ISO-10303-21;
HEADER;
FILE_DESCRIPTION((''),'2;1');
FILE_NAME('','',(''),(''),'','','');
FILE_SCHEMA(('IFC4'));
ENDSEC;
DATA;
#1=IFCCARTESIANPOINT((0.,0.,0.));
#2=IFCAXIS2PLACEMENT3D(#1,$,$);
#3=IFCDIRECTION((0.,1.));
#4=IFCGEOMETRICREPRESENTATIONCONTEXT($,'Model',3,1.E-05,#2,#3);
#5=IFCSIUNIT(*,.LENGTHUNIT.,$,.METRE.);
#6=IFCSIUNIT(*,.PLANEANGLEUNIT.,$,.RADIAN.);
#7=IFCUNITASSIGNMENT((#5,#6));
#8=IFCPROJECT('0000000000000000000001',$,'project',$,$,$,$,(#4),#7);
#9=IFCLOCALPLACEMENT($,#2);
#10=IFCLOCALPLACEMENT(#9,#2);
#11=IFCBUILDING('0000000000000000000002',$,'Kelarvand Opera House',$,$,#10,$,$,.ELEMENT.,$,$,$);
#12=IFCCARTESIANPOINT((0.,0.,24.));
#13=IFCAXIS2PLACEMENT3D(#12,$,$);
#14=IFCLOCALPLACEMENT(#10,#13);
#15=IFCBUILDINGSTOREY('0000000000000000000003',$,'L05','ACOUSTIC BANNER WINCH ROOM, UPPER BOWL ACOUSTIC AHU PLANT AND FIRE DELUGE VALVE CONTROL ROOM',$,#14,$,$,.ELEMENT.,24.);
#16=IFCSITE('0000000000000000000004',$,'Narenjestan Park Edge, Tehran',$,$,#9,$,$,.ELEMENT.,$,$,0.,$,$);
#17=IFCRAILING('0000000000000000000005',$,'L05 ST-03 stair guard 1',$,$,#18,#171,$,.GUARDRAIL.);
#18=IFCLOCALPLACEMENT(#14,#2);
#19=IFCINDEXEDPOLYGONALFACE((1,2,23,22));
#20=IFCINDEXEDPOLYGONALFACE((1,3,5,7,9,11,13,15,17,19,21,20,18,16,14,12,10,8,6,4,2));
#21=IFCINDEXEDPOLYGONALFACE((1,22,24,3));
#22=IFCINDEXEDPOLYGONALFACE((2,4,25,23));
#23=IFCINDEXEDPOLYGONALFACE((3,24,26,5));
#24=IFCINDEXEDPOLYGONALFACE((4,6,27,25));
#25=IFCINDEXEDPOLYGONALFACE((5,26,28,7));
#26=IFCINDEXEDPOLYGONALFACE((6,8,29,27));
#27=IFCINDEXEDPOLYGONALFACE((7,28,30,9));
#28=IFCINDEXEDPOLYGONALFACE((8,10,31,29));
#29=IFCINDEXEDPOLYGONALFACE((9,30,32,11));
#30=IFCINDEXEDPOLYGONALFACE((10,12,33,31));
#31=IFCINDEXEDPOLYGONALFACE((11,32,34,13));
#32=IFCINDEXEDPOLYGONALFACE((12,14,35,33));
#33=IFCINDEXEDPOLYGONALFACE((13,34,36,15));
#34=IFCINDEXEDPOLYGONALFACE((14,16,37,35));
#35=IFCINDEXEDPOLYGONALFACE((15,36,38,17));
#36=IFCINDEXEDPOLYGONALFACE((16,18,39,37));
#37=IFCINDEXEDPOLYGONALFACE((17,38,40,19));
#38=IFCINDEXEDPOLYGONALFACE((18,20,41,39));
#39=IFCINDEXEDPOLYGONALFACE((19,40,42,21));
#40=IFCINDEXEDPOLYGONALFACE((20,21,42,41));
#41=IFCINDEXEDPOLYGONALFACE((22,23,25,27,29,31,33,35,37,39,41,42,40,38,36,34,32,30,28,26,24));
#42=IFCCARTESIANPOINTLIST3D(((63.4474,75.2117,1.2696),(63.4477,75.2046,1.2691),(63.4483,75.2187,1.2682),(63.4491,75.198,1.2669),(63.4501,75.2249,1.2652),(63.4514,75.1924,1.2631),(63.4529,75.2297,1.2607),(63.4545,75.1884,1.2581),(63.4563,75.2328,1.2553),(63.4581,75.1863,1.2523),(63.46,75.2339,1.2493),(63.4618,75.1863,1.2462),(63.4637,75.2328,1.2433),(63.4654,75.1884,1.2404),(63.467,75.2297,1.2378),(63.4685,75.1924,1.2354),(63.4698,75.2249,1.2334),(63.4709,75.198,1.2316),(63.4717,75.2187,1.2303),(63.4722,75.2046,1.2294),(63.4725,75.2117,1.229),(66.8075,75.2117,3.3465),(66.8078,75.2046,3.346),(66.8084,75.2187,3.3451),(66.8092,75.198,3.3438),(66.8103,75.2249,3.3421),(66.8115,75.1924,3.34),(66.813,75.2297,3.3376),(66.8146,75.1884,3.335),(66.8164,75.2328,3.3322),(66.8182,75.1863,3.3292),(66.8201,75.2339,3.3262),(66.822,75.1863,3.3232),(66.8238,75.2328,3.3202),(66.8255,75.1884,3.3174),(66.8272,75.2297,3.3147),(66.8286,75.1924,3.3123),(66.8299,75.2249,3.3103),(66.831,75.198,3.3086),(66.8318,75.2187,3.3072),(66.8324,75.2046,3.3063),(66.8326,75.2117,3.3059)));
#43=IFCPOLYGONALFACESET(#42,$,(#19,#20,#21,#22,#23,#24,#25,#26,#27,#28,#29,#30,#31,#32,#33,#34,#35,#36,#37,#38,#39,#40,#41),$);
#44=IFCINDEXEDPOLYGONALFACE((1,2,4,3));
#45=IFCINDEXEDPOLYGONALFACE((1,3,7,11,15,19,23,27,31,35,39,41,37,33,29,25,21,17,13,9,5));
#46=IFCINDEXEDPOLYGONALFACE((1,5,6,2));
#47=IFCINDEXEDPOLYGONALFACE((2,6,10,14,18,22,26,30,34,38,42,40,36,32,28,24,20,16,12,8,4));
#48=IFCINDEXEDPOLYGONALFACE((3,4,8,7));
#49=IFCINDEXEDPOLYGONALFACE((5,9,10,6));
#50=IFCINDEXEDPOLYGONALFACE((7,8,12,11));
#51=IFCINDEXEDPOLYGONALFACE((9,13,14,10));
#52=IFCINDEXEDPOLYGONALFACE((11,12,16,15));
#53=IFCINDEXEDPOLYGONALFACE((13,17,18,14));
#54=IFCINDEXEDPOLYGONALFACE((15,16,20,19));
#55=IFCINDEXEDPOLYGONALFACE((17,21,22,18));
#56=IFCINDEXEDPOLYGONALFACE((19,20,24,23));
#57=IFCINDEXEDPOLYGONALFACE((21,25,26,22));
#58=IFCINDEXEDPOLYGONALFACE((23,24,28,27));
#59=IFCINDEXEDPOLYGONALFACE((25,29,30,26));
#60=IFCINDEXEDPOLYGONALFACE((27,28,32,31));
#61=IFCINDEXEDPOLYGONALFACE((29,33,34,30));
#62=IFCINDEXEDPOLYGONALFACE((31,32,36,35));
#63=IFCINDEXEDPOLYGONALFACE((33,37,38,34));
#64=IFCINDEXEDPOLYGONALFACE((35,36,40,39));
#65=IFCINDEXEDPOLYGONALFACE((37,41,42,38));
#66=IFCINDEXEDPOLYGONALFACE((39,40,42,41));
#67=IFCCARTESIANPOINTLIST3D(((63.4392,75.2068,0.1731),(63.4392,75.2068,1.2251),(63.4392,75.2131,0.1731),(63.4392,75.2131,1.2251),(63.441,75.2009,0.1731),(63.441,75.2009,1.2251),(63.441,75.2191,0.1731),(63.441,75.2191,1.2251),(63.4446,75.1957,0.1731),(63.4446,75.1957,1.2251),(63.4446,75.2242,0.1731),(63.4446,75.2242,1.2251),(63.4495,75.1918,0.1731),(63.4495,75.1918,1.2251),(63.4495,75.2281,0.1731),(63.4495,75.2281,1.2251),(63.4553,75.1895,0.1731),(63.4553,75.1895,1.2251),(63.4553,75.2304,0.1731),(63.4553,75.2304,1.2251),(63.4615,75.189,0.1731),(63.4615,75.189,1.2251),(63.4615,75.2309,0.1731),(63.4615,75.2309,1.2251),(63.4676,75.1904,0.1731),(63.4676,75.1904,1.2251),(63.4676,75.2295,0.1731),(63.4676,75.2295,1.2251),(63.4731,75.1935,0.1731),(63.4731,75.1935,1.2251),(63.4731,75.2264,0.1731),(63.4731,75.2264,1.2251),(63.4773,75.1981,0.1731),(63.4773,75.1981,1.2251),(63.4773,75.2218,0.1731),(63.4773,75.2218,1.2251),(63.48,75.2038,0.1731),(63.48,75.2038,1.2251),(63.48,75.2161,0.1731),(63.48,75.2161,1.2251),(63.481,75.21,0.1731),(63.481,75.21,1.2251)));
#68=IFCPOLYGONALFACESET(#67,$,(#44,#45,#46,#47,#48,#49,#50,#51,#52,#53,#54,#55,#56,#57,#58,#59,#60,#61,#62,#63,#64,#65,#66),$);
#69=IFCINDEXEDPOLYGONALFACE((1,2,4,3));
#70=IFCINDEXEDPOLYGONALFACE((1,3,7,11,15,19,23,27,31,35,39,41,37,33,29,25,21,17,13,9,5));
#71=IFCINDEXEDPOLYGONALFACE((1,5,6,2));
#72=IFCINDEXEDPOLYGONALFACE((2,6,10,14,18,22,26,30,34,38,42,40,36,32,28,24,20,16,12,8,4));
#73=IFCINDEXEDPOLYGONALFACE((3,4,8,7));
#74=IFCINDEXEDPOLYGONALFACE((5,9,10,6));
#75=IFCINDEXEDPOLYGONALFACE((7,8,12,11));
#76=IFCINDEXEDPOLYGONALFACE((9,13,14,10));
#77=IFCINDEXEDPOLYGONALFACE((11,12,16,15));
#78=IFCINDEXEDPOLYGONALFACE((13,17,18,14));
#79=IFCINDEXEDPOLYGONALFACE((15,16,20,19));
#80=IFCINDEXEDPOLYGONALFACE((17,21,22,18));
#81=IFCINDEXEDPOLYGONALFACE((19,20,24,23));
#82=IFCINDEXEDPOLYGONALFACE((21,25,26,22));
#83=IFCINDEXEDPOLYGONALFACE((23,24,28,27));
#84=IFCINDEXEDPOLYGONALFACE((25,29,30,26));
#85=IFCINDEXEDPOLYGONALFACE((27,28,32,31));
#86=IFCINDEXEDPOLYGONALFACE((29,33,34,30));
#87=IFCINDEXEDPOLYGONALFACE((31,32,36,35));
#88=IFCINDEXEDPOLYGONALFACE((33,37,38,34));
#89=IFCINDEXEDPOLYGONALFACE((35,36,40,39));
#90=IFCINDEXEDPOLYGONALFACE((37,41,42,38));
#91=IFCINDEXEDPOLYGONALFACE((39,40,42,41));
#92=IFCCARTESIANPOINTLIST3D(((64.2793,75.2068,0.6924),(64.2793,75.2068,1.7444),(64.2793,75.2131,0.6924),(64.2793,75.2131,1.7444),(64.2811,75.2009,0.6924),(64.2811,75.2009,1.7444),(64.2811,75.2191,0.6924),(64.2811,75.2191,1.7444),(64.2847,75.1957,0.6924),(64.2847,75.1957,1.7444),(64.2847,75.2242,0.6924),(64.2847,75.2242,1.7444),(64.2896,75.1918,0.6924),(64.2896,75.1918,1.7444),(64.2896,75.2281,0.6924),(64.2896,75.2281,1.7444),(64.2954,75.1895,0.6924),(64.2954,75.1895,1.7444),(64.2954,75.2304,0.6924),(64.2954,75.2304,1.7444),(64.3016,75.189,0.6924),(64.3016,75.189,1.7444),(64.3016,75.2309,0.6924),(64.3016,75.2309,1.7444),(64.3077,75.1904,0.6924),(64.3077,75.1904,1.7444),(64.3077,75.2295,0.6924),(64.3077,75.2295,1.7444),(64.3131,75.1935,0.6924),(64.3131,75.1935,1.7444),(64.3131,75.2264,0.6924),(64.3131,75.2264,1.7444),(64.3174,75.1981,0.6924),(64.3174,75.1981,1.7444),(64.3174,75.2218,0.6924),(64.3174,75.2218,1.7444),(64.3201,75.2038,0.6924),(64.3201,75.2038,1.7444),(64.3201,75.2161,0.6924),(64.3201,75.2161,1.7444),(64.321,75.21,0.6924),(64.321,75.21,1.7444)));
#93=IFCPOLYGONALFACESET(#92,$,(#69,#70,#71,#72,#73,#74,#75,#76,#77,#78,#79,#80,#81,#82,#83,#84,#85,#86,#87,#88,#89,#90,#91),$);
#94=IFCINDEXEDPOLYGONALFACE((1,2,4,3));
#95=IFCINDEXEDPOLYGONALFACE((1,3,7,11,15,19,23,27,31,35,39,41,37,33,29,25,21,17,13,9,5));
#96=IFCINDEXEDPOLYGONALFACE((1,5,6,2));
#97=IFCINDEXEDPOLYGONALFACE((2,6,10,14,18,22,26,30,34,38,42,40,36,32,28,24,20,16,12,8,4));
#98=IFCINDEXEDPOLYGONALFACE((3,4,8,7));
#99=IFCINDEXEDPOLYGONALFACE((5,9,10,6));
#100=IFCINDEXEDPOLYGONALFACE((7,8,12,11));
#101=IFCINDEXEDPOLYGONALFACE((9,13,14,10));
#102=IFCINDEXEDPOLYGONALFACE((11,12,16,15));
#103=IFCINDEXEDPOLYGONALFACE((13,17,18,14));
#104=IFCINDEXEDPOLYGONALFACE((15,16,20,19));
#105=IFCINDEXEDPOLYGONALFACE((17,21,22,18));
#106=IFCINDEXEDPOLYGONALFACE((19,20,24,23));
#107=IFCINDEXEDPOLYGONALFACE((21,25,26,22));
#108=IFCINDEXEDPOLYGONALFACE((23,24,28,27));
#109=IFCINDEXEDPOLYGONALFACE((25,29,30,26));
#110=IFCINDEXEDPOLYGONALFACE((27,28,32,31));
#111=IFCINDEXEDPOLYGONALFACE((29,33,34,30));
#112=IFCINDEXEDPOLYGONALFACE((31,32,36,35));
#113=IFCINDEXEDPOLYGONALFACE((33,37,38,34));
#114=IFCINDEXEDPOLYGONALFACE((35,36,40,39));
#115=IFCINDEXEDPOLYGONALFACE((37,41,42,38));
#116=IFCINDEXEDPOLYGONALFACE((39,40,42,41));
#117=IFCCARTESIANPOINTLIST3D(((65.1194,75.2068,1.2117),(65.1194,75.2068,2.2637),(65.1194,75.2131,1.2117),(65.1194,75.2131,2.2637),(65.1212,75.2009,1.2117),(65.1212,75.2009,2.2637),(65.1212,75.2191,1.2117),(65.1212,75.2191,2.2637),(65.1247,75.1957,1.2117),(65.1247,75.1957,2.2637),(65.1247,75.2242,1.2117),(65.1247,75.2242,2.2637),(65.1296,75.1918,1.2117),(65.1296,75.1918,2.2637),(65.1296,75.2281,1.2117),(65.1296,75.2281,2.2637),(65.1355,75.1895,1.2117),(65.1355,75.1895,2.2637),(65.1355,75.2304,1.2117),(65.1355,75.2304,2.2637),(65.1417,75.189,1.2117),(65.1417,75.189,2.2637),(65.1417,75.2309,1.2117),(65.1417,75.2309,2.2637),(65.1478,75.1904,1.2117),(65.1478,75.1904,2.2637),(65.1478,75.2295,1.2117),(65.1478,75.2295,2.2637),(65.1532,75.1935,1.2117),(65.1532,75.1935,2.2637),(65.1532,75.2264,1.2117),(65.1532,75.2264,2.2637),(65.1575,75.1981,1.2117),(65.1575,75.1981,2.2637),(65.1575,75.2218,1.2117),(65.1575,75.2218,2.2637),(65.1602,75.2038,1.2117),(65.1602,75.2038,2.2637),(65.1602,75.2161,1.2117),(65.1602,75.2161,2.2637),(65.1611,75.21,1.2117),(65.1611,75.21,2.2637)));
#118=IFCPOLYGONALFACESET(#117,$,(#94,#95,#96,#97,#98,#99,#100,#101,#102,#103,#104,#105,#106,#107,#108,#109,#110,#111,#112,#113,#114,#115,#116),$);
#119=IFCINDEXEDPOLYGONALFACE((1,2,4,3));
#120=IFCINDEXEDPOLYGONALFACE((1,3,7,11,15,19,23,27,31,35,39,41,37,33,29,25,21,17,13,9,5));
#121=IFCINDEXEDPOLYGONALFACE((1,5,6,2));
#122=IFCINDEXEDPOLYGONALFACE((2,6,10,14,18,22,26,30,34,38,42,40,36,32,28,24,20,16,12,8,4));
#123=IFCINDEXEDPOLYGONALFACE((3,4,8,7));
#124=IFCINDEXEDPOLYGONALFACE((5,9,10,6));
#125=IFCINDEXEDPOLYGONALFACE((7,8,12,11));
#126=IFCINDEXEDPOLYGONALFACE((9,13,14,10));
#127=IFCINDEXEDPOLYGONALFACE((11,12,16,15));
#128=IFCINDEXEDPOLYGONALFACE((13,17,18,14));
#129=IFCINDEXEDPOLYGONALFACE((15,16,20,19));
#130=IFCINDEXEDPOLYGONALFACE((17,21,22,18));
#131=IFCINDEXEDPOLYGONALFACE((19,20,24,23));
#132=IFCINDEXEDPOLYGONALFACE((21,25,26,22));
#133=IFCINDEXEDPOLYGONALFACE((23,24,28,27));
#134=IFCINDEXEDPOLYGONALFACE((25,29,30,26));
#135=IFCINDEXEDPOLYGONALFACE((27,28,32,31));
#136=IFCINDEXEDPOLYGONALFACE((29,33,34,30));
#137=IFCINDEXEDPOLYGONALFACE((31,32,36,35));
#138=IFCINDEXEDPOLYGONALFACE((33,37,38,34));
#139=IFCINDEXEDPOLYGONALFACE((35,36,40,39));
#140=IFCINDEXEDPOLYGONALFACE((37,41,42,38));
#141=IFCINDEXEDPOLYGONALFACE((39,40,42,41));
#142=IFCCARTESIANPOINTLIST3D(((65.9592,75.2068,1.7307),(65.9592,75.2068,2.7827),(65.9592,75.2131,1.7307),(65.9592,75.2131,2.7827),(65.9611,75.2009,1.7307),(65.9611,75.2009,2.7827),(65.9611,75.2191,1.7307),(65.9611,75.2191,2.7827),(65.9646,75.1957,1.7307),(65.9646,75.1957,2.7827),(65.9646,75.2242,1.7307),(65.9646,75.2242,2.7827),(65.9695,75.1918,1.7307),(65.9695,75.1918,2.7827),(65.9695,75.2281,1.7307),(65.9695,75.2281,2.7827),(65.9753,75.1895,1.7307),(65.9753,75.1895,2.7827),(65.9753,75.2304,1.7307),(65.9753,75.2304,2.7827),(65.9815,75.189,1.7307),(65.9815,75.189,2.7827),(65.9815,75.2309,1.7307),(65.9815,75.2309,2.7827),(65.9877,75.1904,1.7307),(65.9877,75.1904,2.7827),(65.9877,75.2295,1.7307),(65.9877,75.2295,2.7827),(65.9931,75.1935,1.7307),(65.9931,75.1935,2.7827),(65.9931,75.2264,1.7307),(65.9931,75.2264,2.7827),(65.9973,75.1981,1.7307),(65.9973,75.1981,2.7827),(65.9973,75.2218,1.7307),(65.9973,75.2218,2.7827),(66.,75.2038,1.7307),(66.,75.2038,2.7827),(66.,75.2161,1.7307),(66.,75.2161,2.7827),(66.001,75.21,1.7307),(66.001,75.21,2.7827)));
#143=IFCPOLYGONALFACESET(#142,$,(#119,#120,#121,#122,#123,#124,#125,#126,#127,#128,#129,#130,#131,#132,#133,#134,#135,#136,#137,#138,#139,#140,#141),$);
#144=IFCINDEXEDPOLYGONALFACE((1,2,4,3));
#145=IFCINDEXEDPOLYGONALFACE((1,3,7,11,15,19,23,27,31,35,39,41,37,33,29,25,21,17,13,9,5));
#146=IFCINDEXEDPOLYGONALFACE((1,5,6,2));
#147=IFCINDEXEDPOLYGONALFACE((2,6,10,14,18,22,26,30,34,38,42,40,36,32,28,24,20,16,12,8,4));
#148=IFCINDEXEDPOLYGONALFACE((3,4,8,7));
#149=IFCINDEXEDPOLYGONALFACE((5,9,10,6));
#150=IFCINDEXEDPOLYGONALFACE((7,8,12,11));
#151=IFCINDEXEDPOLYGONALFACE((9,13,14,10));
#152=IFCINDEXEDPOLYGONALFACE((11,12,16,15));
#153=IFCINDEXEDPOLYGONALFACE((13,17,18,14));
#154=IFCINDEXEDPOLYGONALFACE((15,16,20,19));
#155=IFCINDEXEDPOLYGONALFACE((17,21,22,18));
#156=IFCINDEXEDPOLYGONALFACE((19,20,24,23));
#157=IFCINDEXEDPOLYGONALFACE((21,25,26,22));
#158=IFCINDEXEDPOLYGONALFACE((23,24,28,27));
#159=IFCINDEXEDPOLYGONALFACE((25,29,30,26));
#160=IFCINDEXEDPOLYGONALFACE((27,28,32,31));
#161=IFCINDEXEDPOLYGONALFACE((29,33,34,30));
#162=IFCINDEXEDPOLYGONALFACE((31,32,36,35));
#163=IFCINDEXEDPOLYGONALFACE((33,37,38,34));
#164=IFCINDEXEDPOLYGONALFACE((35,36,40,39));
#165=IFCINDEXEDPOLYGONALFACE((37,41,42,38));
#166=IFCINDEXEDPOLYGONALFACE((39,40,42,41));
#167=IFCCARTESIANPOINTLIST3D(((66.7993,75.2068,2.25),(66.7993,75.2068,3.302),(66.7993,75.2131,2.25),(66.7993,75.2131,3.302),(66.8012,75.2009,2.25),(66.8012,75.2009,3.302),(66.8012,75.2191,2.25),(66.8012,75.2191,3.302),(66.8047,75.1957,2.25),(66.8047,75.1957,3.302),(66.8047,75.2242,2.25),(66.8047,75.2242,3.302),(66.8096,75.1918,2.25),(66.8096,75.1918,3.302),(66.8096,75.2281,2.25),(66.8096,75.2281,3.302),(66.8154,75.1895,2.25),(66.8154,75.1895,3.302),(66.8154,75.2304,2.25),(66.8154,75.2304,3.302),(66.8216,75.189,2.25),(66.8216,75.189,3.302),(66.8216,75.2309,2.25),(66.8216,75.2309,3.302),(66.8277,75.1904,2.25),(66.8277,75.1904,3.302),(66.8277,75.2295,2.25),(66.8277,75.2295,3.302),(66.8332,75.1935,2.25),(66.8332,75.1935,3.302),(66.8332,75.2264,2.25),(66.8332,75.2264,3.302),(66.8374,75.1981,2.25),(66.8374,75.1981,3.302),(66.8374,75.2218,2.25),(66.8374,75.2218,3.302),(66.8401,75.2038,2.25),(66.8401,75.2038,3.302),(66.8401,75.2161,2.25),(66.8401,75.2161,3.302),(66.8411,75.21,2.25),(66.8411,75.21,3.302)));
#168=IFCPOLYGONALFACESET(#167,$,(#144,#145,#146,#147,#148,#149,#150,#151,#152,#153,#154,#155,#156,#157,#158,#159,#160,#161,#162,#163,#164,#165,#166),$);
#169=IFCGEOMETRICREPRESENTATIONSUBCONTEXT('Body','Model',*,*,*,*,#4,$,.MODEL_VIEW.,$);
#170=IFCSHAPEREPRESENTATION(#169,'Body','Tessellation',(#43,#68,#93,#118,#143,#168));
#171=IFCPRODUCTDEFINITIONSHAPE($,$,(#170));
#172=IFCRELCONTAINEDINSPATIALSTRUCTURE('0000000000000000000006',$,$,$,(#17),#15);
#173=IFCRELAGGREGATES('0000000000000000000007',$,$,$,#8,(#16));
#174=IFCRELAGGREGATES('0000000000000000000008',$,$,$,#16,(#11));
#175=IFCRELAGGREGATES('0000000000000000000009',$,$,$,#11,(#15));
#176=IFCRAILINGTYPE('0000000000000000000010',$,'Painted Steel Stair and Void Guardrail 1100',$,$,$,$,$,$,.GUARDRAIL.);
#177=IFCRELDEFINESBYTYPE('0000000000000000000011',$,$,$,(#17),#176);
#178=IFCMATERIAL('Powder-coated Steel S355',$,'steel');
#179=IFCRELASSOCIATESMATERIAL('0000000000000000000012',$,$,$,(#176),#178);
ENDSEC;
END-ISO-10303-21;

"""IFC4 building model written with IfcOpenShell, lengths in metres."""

from ifc_helpers import new_model, si_unit, direction, frame, origin, origin_2d, place, context, subcontext, project, spatial, circle, extrude, material, type_object, element, save


model = new_model("IFC4")

# Units and contexts
model_context = context("Model", 3, precision=1e-05, world=origin(), true_north=direction((0.0, 1.0)))
body_context = subcontext(model_context, "Body", "Model", "MODEL_VIEW")
ifc_project = project(units=[si_unit("LENGTHUNIT", "METRE"), si_unit("PLANEANGLEUNIT", "RADIAN")], contexts=[model_context])

# Site, building, storey
site_placement = place(None, origin())
site = spatial("IfcSite", under=ifc_project, at=site_placement, Name="Narenjestan Park Edge, Tehran", CompositionType="ELEMENT", RefElevation=0.0)
building_placement = place(site_placement, origin())
building = spatial("IfcBuilding", under=site, at=building_placement, Name="Kelarvand Opera House", CompositionType="ELEMENT")
storey_placement = place(building_placement, frame((0.0, 0.0, 24.0)))
storey = spatial("IfcBuildingStorey", under=building, at=storey_placement, Name="L05", Description="ACOUSTIC BANNER WINCH ROOM, UPPER BOWL ACOUSTIC AHU PLANT AND FIRE DELUGE VALVE CONTROL ROOM", CompositionType="ELEMENT", Elevation=24.0)

# Railing
ifc_material_1 = material(Name="Powder-coated Steel S355", Category="steel")
railing_type_1 = type_object("IfcRailingType", Name="Painted Steel Stair and Void Guardrail 1100", PredefinedType="GUARDRAIL", material=ifc_material_1)
railing_1_placement = place(storey_placement, frame((63.46, 75.21, 0.1731)))
element("IfcRailing", 1, at=railing_1_placement, inside=storey, type_object=railing_type_1, Name="L05 ST-03 stair guard 1", PredefinedType="GUARDRAIL", context=body_context, shape_type="SweptSolid", body=[
    extrude(circle(Radius=0.0239, at=origin_2d()), frame((0.0, 0.0, 1.0762), z_axis=(0.850623, 0.0, 0.525776), x_axis=(0.0, 1.0, 0.0)), (0.0, 0.0, 1.0), 3.9502),
    extrude(circle(Radius=0.021, at=origin_2d()), origin(), (0.0, 0.0, 1.0), 1.052),
    extrude(circle(Radius=0.021, at=origin_2d()), frame((0.8401, 0.0, 0.5193)), (0.0, 0.0, 1.0), 1.052),
    extrude(circle(Radius=0.021, at=origin_2d()), frame((1.6802, 0.0, 1.0386)), (0.0, 0.0, 1.0), 1.052),
    extrude(circle(Radius=0.021, at=origin_2d()), frame((2.52, 0.0, 1.5576)), (0.0, 0.0, 1.0), 1.052),
    extrude(circle(Radius=0.021, at=origin_2d()), frame((3.3601, 0.0, 2.0769)), (0.0, 0.0, 1.0), 1.052),
])

save(model, "model.ifc")
